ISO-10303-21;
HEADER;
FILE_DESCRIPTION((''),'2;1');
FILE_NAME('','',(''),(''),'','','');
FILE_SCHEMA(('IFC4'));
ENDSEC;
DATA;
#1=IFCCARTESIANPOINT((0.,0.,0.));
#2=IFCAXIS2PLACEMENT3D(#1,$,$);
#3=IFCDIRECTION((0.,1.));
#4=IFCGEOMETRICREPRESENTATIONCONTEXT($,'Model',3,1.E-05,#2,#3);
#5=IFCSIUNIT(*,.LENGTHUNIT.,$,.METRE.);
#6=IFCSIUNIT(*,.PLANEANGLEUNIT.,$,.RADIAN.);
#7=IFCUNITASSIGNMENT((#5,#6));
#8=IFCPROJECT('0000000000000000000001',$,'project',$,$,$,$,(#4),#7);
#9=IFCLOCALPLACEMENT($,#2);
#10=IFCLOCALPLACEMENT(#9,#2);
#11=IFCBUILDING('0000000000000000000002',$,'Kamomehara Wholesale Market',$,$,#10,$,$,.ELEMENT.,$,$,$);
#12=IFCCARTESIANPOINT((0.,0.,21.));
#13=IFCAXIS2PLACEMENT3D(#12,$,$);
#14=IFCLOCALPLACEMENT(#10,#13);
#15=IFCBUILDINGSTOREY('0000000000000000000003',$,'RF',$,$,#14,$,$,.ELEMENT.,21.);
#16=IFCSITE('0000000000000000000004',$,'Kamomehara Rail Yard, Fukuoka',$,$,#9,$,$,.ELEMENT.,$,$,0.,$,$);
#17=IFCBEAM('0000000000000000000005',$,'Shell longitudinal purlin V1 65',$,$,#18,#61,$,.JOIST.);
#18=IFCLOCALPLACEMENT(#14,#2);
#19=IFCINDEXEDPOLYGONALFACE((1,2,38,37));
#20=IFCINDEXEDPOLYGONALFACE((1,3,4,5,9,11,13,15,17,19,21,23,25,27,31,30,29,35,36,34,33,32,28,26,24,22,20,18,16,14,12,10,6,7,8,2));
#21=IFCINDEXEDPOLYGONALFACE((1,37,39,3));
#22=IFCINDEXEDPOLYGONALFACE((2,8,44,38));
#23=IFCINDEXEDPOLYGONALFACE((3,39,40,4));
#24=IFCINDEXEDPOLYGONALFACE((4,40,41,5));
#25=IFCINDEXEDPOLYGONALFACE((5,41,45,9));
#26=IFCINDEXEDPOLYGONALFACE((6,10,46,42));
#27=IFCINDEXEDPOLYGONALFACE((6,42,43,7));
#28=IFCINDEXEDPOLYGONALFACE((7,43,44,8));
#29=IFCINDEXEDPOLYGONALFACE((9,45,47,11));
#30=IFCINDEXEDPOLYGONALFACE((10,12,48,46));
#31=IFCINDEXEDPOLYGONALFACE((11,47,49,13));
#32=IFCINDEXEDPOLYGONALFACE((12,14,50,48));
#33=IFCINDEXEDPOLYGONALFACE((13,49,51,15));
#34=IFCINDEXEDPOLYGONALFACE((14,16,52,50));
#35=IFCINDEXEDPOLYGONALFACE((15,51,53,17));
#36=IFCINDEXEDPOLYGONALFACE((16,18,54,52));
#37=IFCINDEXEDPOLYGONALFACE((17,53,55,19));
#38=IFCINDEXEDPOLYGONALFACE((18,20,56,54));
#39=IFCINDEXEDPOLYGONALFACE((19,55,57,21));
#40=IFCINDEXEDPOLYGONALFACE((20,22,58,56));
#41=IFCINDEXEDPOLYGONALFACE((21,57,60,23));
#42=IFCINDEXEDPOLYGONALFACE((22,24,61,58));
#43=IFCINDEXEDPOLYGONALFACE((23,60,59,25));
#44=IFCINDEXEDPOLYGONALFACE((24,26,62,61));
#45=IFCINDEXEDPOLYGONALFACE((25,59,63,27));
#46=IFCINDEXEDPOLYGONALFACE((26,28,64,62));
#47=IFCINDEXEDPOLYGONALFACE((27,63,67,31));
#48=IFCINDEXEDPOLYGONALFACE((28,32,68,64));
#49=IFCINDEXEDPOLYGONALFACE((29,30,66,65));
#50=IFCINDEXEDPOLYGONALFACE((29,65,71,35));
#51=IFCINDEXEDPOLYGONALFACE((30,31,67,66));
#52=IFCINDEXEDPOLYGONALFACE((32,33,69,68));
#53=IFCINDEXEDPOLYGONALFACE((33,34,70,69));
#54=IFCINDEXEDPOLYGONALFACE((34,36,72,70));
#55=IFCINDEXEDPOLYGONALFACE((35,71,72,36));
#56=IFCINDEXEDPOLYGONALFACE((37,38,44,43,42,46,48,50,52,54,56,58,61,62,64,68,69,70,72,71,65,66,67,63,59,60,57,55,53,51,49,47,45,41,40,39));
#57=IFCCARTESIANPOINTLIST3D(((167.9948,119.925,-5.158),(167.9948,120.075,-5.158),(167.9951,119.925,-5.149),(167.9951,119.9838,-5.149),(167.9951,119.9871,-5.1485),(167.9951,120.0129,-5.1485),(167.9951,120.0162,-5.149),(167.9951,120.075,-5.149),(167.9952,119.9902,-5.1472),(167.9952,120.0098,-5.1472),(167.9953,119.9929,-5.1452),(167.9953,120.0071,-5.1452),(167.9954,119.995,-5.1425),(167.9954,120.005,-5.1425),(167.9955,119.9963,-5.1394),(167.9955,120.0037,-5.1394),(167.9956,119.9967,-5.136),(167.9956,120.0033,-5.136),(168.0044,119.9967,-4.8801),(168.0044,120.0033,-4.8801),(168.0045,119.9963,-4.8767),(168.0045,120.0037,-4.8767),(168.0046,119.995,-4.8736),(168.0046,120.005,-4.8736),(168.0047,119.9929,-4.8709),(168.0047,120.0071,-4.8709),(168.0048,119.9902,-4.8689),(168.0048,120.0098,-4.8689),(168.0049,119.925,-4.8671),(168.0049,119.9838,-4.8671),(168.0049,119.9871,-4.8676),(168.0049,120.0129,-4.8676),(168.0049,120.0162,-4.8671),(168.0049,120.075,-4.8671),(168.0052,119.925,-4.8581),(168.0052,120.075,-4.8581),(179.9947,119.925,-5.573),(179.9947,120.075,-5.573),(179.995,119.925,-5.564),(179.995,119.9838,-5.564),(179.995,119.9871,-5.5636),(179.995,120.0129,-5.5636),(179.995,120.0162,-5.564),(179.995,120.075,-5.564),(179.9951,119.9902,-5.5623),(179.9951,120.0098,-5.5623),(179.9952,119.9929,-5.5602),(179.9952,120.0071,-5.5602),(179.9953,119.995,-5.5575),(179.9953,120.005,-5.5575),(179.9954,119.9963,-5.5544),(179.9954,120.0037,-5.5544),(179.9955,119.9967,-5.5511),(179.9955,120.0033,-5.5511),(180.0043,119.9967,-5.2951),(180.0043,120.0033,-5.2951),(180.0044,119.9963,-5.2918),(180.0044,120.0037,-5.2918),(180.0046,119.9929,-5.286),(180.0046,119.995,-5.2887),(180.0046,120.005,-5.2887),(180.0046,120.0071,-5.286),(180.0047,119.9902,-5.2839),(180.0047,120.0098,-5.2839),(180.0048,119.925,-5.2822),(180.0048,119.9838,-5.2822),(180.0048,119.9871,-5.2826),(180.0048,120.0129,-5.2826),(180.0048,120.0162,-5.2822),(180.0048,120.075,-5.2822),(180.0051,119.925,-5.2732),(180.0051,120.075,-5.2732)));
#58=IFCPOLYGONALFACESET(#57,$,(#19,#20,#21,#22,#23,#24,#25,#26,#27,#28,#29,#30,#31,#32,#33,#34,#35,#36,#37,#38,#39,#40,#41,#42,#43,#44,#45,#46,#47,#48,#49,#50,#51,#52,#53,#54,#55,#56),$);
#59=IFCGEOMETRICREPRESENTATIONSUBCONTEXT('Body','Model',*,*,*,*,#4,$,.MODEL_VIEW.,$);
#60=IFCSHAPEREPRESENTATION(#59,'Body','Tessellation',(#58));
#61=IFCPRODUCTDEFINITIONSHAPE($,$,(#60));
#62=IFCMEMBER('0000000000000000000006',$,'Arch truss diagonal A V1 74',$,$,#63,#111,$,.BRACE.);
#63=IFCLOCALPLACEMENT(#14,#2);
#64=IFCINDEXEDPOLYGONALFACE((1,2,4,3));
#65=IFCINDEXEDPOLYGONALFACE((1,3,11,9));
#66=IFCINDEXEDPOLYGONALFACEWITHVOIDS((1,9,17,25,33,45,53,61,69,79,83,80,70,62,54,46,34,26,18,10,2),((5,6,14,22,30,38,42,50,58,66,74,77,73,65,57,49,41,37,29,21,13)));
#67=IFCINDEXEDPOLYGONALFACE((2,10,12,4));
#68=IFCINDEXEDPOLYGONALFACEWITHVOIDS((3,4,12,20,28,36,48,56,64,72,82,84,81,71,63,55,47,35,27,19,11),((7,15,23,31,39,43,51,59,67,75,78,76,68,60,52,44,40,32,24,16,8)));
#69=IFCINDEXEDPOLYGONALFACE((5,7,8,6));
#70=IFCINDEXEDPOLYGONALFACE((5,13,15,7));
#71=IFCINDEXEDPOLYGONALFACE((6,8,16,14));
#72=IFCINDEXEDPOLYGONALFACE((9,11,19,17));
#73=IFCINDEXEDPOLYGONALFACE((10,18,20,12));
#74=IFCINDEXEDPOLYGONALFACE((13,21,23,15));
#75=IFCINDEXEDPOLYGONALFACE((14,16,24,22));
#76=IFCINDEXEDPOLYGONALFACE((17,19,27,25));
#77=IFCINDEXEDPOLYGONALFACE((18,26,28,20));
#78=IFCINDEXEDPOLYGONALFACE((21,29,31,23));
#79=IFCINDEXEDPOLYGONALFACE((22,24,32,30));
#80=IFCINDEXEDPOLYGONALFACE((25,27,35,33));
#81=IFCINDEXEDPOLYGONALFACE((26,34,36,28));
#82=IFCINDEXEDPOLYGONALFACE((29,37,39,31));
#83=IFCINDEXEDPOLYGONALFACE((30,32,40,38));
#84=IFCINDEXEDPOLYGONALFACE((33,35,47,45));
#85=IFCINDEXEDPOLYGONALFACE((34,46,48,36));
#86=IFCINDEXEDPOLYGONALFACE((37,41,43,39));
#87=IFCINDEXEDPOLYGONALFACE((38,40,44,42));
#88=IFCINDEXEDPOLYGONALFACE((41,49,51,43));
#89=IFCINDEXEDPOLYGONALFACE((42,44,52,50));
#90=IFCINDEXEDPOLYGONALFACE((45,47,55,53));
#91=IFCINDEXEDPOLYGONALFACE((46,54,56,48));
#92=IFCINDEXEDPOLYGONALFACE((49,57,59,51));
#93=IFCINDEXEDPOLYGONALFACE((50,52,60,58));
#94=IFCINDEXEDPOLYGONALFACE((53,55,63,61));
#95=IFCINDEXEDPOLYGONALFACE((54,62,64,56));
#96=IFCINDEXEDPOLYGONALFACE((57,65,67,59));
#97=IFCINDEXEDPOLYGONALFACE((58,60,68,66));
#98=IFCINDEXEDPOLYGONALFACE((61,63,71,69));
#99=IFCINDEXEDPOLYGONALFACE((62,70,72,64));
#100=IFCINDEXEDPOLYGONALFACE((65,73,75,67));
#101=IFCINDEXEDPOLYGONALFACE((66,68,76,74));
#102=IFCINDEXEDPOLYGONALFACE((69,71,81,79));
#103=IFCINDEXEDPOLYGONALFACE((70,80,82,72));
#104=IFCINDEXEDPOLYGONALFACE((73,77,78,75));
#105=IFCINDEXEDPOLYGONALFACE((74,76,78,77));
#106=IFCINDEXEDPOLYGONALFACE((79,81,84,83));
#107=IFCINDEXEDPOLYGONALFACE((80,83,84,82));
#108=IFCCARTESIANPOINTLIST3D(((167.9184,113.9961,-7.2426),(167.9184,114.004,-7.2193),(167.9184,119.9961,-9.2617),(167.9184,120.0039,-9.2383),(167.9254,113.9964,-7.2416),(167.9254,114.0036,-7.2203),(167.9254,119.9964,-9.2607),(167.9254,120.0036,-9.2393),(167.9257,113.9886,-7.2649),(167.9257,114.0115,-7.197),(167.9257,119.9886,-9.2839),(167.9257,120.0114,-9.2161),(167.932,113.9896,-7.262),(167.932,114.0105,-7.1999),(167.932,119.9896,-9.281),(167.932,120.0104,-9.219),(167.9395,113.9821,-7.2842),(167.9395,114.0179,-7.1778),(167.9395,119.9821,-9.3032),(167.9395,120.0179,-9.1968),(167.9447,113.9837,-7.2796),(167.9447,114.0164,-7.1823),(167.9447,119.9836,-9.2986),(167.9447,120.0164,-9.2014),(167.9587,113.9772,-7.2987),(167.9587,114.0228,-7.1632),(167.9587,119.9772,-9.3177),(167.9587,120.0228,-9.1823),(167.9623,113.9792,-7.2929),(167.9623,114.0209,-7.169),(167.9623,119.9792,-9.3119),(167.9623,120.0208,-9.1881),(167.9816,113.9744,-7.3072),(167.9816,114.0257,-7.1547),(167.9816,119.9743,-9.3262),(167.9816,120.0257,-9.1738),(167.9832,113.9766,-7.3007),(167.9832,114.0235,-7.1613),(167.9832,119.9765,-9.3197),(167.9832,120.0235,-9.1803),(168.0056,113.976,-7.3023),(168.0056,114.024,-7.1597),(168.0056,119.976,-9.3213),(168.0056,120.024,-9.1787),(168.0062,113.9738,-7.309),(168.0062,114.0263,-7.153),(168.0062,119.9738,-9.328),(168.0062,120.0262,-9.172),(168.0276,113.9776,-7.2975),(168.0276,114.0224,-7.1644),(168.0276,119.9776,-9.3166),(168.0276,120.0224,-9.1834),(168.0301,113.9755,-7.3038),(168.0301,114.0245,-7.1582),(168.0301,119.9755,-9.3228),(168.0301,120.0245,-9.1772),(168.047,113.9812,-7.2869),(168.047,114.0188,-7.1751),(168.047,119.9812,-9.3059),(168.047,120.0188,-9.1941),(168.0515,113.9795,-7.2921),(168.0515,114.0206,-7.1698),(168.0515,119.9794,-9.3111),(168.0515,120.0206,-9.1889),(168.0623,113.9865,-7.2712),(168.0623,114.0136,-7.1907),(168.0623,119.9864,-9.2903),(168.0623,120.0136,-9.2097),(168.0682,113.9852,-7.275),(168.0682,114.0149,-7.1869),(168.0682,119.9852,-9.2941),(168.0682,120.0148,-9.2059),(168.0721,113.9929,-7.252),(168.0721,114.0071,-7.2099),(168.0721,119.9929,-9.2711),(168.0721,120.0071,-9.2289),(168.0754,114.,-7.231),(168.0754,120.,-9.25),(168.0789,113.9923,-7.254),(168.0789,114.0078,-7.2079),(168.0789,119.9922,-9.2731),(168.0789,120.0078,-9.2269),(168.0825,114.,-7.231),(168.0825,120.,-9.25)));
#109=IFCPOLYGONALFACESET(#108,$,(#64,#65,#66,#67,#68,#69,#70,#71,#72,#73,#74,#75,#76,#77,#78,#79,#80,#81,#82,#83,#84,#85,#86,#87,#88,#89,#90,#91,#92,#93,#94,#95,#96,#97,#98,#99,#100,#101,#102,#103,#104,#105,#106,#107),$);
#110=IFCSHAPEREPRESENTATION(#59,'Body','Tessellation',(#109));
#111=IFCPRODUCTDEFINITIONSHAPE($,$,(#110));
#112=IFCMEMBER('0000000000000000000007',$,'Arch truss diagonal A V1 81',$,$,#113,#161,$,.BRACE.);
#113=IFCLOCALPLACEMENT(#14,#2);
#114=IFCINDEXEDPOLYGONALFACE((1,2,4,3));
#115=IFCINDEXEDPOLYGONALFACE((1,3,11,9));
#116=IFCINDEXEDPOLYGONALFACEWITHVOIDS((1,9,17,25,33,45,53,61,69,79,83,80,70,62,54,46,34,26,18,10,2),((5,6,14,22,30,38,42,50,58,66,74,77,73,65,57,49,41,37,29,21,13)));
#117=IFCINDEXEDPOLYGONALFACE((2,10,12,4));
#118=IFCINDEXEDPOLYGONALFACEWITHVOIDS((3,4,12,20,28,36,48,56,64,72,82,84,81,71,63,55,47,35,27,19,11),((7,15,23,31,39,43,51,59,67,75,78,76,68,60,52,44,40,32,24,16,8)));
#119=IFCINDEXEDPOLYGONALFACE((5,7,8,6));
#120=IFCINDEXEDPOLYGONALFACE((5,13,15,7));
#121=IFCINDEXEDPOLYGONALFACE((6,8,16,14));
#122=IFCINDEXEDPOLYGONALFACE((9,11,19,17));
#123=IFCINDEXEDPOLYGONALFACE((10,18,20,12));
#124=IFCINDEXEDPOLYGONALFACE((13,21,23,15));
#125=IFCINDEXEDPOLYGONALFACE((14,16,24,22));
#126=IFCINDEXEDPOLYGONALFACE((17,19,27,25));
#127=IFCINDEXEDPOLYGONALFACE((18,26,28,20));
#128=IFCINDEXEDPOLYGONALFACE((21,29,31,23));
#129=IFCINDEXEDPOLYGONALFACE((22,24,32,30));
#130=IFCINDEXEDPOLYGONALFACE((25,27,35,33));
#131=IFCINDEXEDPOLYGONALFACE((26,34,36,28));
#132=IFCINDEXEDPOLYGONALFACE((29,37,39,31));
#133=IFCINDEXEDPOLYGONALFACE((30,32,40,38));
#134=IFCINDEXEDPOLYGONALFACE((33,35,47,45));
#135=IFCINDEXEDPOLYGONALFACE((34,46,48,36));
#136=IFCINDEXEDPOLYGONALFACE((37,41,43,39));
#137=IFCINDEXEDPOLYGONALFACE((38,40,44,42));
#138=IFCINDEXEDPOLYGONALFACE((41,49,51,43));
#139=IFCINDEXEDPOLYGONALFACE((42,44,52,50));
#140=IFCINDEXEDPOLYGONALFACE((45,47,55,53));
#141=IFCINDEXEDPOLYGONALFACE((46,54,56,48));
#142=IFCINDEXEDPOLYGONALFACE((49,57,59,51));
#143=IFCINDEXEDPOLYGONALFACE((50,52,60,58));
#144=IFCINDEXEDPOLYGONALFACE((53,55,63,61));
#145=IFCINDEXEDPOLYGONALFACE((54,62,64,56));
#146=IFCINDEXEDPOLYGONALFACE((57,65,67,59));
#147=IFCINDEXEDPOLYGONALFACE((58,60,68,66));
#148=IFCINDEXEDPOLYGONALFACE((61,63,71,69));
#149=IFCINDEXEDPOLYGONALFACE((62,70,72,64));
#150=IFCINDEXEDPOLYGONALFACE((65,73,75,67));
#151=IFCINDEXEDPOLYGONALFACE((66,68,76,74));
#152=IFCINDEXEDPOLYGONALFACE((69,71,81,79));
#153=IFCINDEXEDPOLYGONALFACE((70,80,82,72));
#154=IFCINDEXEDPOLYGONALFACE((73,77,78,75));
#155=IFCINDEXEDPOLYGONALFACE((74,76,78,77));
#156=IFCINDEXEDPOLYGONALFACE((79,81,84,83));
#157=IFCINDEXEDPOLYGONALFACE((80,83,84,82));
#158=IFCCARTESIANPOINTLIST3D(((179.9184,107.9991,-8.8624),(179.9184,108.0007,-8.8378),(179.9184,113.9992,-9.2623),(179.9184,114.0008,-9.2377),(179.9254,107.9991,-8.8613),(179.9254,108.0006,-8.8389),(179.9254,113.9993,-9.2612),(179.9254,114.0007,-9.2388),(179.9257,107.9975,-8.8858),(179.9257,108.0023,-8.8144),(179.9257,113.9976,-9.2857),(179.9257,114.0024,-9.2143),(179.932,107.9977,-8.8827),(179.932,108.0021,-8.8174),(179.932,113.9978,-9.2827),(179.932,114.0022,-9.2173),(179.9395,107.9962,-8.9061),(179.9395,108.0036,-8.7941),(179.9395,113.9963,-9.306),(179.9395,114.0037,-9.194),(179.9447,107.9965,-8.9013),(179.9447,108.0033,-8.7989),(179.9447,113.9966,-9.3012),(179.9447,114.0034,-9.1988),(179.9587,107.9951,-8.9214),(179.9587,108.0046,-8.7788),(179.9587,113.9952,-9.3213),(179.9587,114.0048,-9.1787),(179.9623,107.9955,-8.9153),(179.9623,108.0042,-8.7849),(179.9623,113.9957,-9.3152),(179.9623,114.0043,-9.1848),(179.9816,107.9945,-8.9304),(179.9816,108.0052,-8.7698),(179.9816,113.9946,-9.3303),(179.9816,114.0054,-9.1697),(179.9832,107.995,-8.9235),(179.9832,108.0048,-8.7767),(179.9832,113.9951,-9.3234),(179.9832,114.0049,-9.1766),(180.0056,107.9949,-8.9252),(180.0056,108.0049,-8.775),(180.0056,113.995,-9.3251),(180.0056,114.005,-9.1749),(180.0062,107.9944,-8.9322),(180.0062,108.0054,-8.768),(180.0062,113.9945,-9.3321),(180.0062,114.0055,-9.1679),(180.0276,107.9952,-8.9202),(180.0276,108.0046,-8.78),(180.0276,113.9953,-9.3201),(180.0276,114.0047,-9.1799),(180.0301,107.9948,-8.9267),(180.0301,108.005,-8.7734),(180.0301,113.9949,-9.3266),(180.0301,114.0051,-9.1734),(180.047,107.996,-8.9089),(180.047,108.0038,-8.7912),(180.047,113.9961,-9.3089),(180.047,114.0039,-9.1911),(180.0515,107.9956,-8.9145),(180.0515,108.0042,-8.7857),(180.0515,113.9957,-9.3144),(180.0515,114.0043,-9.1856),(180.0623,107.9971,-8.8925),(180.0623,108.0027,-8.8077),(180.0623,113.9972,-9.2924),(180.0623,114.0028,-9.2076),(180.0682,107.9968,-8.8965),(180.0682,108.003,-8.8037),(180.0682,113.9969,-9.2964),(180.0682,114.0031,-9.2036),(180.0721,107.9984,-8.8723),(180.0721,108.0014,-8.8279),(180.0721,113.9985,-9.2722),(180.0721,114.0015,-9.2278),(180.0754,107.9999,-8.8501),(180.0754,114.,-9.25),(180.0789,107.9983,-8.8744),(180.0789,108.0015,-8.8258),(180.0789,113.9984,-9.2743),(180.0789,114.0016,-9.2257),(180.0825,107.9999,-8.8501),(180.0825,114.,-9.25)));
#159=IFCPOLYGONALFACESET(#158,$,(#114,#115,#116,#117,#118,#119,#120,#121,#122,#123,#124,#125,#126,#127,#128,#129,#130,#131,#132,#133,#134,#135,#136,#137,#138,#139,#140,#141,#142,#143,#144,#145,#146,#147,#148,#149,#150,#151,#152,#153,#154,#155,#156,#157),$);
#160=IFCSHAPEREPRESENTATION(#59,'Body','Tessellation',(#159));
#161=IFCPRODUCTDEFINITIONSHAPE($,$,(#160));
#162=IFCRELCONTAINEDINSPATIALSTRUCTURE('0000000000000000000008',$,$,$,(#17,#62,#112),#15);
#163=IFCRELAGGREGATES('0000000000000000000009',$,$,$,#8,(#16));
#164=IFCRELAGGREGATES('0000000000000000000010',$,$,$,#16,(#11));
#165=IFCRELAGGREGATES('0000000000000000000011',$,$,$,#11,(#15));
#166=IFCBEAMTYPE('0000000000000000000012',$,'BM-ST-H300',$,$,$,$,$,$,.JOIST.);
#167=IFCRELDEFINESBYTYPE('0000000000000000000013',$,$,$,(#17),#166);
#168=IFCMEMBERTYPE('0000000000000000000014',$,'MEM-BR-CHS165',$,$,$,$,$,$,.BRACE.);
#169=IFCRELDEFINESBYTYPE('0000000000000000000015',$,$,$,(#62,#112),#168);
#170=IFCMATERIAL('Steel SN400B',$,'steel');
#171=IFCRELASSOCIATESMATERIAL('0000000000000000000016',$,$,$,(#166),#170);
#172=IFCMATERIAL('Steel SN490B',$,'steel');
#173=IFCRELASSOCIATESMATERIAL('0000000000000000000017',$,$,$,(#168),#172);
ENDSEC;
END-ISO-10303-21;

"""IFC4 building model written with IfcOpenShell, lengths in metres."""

from ifc_helpers import new_model, si_unit, direction, frame, origin, origin_2d, place, context, subcontext, project, spatial, hollow_circle, i_section, extrude, material, material_profile, profile_set, type_object, element, save


model = new_model("IFC4")

# Units and contexts
model_context = context("Model", 3, precision=1e-05, world=origin(), true_north=direction((0.0, 1.0)))
body_context = subcontext(model_context, "Body", "Model", "MODEL_VIEW")
ifc_project = project(units=[si_unit("LENGTHUNIT", "METRE"), si_unit("PLANEANGLEUNIT", "RADIAN")], contexts=[model_context])

# Site, building, storey
site_placement = place(None, origin())
site = spatial("IfcSite", under=ifc_project, at=site_placement, Name="Kamomehara Rail Yard, Fukuoka", CompositionType="ELEMENT", RefElevation=0.0)
building_placement = place(site_placement, origin())
building = spatial("IfcBuilding", under=site, at=building_placement, Name="Kamomehara Wholesale Market", CompositionType="ELEMENT")
storey_placement = place(building_placement, frame((0.0, 0.0, 21.0)))
storey = spatial("IfcBuildingStorey", under=building, at=storey_placement, Name="RF", CompositionType="ELEMENT", Elevation=21.0)

# Beam
ifc_material_1 = material(Name="Steel SN400B", Category="steel")
ifc_material_profile_1 = material_profile(ifc_material_1, i_section(OverallWidth=0.1499, OverallDepth=0.3, WebThickness=0.0066, FlangeThickness=0.009, FilletRadius=0.0129, at=origin_2d()), Name="H-300x150x6.5x9")
ifc_profile_set_1 = profile_set([ifc_material_profile_1], Name="Steel SN400B")
beam_type_1 = type_object("IfcBeamType", Name="BM-ST-H300", PredefinedType="JOIST", material=ifc_profile_set_1)
beam_1_placement = place(storey_placement, frame((168.0, 120.0, -5.0081), z_axis=(0.999402, 0.0, -0.034566), x_axis=(0.0, 1.0, 0.0)))
element("IfcBeam", 1, at=beam_1_placement, inside=storey, type_object=beam_type_1, Name="Shell longitudinal purlin V1 65", PredefinedType="JOIST", context=body_context, shape_type="SweptSolid", body=[
    extrude(i_section(OverallWidth=0.1499, OverallDepth=0.3, WebThickness=0.0066, FlangeThickness=0.009, FilletRadius=0.0129, at=origin_2d()), origin(), (0.0, 0.0, 1.0), 12.0071),
])

# Members
ifc_material_2 = material(Name="Steel SN490B", Category="steel")
ifc_material_profile_2 = material_profile(ifc_material_2, hollow_circle(Radius=0.0825, WallThickness=0.0071, at=origin_2d()), Name="CHS-165.2x7.1")
ifc_profile_set_2 = profile_set([ifc_material_profile_2], Name="Steel SN490B")
member_type_1 = type_object("IfcMemberType", Name="MEM-BR-CHS165", PredefinedType="BRACE", material=ifc_profile_set_2)
member_1_placement = place(storey_placement, frame((168.0, 120.0, -9.25), z_axis=(0.0, -0.947777, 0.318934), x_axis=(1.0, 0.0, 0.0)))
element("IfcMember", 2, at=member_1_placement, inside=storey, type_object=member_type_1, Name="Arch truss diagonal A V1 74", PredefinedType="BRACE", context=body_context, shape_type="SweptSolid", body=[
    extrude(hollow_circle(Radius=0.0825, WallThickness=0.0071, at=origin_2d()), origin(), (0.0, 0.0, 1.0), 6.3306),
])
member_2_placement = place(storey_placement, frame((180.0, 114.0, -9.25), z_axis=(0.0, -0.997786, 0.066503), x_axis=(1.0, 0.0, 0.0)))
element("IfcMember", 3, at=member_2_placement, inside=storey, type_object=member_type_1, Name="Arch truss diagonal A V1 81", PredefinedType="BRACE", context=body_context, shape_type="SweptSolid", body=[
    extrude(hollow_circle(Radius=0.0825, WallThickness=0.0071, at=origin_2d()), origin(), (0.0, 0.0, 1.0), 6.0134),
])

save(model, "model.ifc")
